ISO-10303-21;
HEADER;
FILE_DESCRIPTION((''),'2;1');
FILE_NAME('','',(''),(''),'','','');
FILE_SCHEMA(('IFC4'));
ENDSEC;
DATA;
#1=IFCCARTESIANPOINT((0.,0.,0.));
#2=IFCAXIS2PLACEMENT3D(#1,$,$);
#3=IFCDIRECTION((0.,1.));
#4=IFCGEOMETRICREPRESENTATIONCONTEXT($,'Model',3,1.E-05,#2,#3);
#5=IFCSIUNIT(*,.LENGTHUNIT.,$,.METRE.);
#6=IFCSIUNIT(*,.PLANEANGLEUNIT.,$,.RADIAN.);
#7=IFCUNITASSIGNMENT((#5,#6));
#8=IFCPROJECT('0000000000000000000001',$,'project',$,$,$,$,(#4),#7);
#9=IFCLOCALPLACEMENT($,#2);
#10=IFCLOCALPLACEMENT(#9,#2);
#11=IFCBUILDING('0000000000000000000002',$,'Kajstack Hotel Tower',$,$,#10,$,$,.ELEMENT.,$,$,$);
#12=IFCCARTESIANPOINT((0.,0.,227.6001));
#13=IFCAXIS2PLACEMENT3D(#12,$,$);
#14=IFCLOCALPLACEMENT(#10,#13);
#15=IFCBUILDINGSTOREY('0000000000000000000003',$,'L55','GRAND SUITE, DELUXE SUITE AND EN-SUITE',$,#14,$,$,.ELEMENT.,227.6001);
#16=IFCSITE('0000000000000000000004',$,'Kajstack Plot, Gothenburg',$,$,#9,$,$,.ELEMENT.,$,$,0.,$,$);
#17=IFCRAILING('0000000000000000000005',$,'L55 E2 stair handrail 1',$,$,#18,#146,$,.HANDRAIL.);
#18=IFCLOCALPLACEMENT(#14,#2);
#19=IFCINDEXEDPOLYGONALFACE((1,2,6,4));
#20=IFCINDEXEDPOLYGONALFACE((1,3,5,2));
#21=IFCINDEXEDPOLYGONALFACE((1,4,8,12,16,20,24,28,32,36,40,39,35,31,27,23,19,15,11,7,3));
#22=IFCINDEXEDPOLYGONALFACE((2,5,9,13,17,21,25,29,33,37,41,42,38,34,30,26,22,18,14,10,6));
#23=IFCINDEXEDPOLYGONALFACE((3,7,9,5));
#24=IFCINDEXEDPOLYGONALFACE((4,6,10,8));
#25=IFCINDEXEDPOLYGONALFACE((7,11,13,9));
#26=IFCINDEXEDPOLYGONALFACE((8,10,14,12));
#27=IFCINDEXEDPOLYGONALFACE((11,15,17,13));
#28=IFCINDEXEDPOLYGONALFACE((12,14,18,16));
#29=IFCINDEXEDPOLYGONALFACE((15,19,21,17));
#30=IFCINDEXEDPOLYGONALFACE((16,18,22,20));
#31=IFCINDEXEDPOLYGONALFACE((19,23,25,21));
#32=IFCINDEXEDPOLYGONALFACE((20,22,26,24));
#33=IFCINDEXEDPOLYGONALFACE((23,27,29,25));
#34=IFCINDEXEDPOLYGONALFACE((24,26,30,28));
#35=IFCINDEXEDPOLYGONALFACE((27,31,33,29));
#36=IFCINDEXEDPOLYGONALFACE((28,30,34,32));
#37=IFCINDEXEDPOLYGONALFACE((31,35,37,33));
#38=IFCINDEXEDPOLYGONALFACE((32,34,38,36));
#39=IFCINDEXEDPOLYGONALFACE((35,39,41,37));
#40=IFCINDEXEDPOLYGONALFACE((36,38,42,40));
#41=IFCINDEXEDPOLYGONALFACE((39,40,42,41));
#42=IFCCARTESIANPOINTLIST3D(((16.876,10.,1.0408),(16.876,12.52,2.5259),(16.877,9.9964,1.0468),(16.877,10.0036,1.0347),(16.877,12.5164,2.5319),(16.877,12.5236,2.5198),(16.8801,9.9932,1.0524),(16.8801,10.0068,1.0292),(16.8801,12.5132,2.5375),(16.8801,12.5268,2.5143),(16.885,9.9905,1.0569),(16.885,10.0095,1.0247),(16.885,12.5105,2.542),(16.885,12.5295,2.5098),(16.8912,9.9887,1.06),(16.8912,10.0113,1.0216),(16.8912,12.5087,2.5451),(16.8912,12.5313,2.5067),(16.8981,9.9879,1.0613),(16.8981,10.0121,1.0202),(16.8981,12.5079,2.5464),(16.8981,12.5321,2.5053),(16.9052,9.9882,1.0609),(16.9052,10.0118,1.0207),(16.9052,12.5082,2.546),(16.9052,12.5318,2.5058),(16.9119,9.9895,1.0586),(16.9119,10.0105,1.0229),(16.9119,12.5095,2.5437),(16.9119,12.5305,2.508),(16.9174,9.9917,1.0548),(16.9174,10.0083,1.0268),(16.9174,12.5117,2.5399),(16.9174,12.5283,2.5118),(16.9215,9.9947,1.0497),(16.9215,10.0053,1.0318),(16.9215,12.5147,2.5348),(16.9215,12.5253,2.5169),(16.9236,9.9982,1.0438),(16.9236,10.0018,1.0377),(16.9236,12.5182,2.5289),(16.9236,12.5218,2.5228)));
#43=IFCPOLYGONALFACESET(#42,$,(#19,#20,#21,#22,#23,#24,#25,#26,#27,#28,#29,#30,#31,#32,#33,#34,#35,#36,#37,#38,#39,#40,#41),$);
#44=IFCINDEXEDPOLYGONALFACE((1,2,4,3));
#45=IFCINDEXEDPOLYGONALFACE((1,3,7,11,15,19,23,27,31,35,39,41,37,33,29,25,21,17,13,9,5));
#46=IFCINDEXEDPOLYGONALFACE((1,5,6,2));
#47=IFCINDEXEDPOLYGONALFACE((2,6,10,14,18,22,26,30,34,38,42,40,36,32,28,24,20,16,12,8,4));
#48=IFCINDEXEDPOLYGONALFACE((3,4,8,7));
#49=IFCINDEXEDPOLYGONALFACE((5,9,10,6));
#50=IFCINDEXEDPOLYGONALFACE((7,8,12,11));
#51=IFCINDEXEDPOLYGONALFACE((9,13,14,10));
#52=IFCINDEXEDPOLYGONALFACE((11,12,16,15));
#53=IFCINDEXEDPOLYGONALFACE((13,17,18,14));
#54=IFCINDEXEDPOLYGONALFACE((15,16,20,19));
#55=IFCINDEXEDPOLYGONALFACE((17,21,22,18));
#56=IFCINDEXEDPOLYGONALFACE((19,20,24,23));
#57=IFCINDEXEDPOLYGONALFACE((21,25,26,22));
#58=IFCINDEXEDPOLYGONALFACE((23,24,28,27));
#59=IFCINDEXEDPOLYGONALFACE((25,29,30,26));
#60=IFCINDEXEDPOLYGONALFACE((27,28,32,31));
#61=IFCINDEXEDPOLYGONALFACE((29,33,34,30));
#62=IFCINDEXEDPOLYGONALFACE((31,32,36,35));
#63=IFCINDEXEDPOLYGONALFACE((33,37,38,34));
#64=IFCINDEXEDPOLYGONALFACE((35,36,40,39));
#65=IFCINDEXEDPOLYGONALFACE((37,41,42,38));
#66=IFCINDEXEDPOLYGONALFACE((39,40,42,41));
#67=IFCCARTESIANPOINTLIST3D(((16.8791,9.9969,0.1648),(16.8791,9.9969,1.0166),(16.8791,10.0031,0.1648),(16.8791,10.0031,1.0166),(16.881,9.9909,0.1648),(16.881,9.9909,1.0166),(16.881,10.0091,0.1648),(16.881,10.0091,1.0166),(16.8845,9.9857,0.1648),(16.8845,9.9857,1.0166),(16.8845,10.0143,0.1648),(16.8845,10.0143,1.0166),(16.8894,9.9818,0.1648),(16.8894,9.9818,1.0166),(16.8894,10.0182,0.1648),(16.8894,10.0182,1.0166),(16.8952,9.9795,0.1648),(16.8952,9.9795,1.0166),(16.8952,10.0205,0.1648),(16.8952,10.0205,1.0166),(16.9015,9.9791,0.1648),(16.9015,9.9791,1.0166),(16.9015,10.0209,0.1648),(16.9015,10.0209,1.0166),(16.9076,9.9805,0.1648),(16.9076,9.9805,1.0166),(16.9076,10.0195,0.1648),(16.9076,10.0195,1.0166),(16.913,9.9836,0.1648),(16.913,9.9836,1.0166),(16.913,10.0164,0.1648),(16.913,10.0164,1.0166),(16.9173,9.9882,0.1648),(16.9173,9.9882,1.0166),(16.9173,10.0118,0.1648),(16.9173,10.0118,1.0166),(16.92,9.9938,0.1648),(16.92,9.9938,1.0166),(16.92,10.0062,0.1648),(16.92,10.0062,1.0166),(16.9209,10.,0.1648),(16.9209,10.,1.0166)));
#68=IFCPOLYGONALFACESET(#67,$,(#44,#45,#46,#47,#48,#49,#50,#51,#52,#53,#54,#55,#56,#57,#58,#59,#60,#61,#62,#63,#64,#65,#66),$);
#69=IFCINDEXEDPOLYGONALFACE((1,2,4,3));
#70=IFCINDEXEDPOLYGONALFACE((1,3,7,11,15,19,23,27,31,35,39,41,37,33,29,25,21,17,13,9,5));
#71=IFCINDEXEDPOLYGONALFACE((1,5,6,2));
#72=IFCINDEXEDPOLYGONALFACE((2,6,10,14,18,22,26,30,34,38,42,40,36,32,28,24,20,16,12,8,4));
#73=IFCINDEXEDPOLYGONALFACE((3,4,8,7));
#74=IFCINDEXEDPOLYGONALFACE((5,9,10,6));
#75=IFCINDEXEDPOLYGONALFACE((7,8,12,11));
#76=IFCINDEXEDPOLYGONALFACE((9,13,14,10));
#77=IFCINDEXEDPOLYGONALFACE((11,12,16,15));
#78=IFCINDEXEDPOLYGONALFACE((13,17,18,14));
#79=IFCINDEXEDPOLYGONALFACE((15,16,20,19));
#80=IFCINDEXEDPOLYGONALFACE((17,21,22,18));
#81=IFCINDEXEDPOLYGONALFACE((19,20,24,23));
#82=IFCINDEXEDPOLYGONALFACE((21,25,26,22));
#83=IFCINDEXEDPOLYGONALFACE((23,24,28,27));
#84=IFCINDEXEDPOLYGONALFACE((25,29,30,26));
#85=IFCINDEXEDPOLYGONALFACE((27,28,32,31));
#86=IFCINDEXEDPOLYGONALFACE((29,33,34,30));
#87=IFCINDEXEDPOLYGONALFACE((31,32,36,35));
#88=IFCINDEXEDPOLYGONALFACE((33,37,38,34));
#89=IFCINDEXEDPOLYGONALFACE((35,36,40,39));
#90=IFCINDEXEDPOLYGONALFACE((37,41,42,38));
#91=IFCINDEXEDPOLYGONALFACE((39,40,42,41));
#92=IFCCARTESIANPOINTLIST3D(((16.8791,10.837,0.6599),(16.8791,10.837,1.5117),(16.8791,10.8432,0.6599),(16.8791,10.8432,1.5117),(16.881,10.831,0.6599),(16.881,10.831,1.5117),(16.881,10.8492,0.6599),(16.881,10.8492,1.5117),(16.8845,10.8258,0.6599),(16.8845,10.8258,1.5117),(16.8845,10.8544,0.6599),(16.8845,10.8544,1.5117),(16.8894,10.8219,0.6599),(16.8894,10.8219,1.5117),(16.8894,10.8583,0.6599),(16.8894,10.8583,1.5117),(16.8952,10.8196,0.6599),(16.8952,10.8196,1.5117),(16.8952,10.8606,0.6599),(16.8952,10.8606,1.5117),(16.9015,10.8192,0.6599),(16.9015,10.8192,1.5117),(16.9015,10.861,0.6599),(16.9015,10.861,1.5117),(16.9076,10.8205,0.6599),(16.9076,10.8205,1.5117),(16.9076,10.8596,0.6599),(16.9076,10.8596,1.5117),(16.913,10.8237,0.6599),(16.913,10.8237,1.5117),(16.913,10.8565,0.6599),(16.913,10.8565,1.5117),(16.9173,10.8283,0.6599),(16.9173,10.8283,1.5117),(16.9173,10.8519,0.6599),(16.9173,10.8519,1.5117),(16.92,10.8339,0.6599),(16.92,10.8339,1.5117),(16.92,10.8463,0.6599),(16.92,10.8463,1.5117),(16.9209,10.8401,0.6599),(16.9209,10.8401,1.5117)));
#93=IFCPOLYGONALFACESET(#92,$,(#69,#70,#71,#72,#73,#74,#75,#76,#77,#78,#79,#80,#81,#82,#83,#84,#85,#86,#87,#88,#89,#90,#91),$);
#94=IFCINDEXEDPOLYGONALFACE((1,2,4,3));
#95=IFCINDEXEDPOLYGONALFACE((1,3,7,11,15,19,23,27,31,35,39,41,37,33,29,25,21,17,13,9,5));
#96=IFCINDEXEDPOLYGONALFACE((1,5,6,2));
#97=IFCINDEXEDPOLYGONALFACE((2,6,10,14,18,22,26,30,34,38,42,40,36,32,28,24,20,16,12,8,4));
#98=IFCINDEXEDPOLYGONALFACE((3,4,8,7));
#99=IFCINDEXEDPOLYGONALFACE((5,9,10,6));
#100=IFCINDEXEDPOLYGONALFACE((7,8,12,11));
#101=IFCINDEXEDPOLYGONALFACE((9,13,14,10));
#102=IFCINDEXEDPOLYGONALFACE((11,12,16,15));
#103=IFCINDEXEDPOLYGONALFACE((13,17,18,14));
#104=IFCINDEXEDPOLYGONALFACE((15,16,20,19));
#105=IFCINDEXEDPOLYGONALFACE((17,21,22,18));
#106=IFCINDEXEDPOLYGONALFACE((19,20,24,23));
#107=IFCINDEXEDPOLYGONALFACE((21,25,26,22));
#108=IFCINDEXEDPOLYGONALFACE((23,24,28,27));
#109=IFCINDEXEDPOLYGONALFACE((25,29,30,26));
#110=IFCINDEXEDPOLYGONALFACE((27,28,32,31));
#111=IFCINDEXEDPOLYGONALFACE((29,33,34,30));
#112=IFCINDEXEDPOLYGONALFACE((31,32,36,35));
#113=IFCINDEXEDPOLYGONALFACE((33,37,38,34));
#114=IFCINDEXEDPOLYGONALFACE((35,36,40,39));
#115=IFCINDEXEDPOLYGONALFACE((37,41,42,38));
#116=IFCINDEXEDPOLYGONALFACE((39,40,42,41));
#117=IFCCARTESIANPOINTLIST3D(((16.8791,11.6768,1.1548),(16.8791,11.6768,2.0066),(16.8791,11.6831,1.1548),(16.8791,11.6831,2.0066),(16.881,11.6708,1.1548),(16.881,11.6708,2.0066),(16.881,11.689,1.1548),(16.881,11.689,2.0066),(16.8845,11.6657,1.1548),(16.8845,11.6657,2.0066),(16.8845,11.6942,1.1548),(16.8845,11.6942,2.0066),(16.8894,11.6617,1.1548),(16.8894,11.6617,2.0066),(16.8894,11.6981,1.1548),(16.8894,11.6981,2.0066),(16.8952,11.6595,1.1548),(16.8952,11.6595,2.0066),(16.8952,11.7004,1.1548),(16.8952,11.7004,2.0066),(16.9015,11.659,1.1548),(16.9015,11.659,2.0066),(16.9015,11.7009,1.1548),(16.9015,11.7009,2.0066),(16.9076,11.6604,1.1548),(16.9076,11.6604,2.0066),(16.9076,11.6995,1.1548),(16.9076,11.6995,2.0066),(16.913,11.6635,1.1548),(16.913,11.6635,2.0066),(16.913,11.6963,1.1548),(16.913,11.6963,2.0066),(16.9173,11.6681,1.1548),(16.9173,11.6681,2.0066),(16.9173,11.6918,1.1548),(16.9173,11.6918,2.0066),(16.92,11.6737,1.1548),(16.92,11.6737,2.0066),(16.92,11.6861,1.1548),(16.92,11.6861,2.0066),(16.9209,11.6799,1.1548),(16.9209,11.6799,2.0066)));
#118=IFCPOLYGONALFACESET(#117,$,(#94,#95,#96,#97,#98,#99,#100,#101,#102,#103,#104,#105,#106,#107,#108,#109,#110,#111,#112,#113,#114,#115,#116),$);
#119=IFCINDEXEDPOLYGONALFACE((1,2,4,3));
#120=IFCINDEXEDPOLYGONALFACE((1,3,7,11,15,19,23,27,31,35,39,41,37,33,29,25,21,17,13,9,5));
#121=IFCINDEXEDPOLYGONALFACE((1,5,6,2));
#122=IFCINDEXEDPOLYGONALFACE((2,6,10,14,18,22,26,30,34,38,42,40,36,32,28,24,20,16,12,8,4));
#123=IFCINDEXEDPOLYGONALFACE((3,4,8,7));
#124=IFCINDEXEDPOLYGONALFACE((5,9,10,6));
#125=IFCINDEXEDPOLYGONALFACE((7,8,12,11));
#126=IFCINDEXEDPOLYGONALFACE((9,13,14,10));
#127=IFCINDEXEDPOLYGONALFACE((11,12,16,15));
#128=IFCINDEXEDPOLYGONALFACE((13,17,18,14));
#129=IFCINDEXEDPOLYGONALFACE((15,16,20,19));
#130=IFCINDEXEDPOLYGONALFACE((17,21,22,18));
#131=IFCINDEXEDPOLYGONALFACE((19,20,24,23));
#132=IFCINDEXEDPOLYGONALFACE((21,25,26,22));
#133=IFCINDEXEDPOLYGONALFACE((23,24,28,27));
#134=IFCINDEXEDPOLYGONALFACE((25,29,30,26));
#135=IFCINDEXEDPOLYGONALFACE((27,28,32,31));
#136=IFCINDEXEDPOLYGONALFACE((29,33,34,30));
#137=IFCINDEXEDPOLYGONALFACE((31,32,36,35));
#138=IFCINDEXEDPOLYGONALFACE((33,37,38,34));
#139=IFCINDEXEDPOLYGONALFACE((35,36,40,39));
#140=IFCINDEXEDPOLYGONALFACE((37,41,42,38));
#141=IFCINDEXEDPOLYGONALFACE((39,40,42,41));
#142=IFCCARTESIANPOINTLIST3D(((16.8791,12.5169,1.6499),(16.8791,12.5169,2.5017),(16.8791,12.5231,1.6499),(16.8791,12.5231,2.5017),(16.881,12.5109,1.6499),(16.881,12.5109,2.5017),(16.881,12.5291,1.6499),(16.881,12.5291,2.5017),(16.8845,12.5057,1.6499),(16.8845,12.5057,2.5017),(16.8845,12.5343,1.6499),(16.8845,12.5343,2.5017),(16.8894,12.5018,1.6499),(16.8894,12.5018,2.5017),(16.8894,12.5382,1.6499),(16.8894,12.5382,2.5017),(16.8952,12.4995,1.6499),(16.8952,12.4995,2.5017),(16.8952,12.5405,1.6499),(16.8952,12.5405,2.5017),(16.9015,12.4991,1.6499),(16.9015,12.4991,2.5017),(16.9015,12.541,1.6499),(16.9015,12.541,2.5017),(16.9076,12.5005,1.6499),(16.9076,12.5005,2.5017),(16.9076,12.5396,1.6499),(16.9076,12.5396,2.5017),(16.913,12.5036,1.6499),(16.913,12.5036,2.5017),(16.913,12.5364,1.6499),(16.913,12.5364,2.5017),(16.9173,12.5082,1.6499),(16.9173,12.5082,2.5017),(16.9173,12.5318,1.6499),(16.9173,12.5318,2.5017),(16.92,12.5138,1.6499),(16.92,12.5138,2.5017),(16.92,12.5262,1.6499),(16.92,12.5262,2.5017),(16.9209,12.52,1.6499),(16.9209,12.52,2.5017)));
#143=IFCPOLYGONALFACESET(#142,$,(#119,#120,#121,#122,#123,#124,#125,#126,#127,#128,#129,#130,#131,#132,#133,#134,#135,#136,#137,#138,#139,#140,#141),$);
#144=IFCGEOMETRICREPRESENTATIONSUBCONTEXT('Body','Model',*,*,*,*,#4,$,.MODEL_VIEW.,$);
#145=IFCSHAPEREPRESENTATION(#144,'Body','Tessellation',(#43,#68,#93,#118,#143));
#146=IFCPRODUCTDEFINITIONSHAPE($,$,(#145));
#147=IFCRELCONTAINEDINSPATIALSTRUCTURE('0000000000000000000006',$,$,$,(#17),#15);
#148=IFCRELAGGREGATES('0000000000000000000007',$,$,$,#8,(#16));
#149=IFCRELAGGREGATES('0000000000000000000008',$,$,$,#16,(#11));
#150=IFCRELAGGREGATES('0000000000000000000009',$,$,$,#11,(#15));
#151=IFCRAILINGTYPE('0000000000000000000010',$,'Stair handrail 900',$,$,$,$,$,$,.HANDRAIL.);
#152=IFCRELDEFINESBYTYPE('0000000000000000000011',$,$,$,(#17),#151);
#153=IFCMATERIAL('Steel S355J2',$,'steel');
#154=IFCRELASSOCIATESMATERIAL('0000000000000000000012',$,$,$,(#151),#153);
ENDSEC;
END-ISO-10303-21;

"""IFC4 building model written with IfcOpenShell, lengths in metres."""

from ifc_helpers import new_model, si_unit, direction, frame, origin, origin_2d, place, context, subcontext, project, spatial, circle, extrude, material, type_object, element, save


model = new_model("IFC4")

# Units and contexts
model_context = context("Model", 3, precision=1e-05, world=origin(), true_north=direction((0.0, 1.0)))
body_context = subcontext(model_context, "Body", "Model", "MODEL_VIEW")
ifc_project = project(units=[si_unit("LENGTHUNIT", "METRE"), si_unit("PLANEANGLEUNIT", "RADIAN")], contexts=[model_context])

# Site, building, storey
site_placement = place(None, origin())
site = spatial("IfcSite", under=ifc_project, at=site_placement, Name="Kajstack Plot, Gothenburg", CompositionType="ELEMENT", RefElevation=0.0)
building_placement = place(site_placement, origin())
building = spatial("IfcBuilding", under=site, at=building_placement, Name="Kajstack Hotel Tower", CompositionType="ELEMENT")
storey_placement = place(building_placement, frame((0.0, 0.0, 227.6001)))
storey = spatial("IfcBuildingStorey", under=building, at=storey_placement, Name="L55", Description="GRAND SUITE, DELUXE SUITE AND EN-SUITE", CompositionType="ELEMENT", Elevation=227.6001)

# Railing
ifc_material_1 = material(Name="Steel S355J2", Category="steel")
railing_type_1 = type_object("IfcRailingType", Name="Stair handrail 900", PredefinedType="HANDRAIL", material=ifc_material_1)
railing_1_placement = place(storey_placement, frame((16.8999, 10.0, 0.1648)))
element("IfcRailing", 1, at=railing_1_placement, inside=storey, type_object=railing_type_1, Name="L55 E2 stair handrail 1", PredefinedType="HANDRAIL", context=body_context, shape_type="SweptSolid", body=[
    extrude(circle(Radius=0.0239, at=origin_2d()), frame((0.0, 0.0, 0.876), z_axis=(0.0, 0.861524, 0.507717), x_axis=(-1.0, 0.0, 0.0)), (0.0, 0.0, 1.0), 2.925),
    extrude(circle(Radius=0.021, at=origin_2d()), origin(), (0.0, 0.0, 1.0), 0.8518),
    extrude(circle(Radius=0.021, at=origin_2d()), frame((0.0, 0.8401, 0.4951)), (0.0, 0.0, 1.0), 0.8518),
    extrude(circle(Radius=0.021, at=origin_2d()), frame((0.0, 1.6799, 0.99)), (0.0, 0.0, 1.0), 0.8518),
    extrude(circle(Radius=0.021, at=origin_2d()), frame((0.0, 2.52, 1.4851)), (0.0, 0.0, 1.0), 0.8518),
])

save(model, "model.ifc")
